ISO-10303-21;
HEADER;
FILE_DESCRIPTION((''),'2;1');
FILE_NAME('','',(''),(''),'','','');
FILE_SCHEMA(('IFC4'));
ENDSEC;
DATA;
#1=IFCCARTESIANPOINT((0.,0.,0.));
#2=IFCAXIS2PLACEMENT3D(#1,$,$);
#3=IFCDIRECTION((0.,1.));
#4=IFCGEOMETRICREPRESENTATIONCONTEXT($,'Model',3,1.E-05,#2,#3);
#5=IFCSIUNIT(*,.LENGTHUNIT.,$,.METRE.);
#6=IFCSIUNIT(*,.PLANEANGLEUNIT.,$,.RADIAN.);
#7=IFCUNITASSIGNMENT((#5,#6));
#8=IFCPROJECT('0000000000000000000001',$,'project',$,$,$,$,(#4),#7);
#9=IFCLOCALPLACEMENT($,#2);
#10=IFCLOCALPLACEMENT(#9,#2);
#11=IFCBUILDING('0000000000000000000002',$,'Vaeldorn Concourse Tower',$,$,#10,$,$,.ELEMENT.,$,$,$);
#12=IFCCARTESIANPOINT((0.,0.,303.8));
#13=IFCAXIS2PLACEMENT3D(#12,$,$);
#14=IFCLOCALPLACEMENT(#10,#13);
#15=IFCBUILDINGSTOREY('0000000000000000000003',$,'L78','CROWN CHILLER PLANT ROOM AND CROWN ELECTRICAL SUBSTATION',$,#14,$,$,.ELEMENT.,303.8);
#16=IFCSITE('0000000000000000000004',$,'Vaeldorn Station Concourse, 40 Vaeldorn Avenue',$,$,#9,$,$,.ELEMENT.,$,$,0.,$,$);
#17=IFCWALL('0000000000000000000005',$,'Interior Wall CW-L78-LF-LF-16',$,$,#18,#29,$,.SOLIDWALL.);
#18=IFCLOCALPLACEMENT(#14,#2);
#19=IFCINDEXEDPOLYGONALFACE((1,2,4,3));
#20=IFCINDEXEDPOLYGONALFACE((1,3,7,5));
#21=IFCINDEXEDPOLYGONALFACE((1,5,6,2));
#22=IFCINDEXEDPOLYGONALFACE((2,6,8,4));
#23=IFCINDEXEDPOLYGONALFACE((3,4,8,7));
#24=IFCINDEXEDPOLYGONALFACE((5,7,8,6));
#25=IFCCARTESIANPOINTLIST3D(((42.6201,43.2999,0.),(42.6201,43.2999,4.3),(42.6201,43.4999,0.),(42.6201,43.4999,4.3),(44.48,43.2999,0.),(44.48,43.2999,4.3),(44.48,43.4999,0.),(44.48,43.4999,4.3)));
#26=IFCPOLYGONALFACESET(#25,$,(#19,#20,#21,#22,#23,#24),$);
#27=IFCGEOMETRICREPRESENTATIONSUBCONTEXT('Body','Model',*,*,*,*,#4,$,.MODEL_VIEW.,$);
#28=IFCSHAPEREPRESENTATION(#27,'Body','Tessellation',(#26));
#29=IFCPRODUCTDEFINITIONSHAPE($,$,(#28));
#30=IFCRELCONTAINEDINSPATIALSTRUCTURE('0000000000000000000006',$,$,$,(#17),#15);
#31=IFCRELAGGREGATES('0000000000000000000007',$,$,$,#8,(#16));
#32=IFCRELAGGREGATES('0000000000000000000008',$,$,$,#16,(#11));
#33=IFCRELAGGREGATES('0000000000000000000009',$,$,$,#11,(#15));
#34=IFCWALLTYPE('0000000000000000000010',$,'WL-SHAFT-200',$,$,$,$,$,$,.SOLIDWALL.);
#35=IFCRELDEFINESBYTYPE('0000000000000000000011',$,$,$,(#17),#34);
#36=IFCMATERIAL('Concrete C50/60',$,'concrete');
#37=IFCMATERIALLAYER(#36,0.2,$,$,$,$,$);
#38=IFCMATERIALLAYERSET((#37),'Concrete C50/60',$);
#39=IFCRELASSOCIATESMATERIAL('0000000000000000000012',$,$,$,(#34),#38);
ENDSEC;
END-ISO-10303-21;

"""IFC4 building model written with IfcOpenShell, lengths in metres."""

from ifc_helpers import new_model, si_unit, direction, frame, frame_2d, origin, place, context, subcontext, project, spatial, rectangle, extrude, material, layer, layer_set, type_object, element, save


model = new_model("IFC4")

# Units and contexts
model_context = context("Model", 3, precision=1e-05, world=origin(), true_north=direction((0.0, 1.0)))
body_context = subcontext(model_context, "Body", "Model", "MODEL_VIEW")
ifc_project = project(units=[si_unit("LENGTHUNIT", "METRE"), si_unit("PLANEANGLEUNIT", "RADIAN")], contexts=[model_context])

# Site, building, storey
site_placement = place(None, origin())
site = spatial("IfcSite", under=ifc_project, at=site_placement, Name="Vaeldorn Station Concourse, 40 Vaeldorn Avenue", CompositionType="ELEMENT", RefElevation=0.0)
building_placement = place(site_placement, origin())
building = spatial("IfcBuilding", under=site, at=building_placement, Name="Vaeldorn Concourse Tower", CompositionType="ELEMENT")
storey_placement = place(building_placement, frame((0.0, 0.0, 303.8)))
storey = spatial("IfcBuildingStorey", under=building, at=storey_placement, Name="L78", Description="CROWN CHILLER PLANT ROOM AND CROWN ELECTRICAL SUBSTATION", CompositionType="ELEMENT", Elevation=303.8)

# Shared definitions
ifc_material_1 = material(Name="Concrete C50/60", Category="concrete")

# Wall
ifc_layer_1 = layer(ifc_material_1, 0.2)
ifc_layer_set_1 = layer_set([ifc_layer_1], Name="Concrete C50/60")
wall_type_1 = type_object("IfcWallType", Name="WL-SHAFT-200", PredefinedType="SOLIDWALL", material=ifc_layer_set_1)
wall_1_placement = place(storey_placement, frame((42.6201, 43.3999, 0.0), z_axis=(0.0, 0.0, 1.0), x_axis=(1.0, 0.0, 0.0)))
element("IfcWall", 1, at=wall_1_placement, inside=storey, type_object=wall_type_1, Name="Interior Wall CW-L78-LF-LF-16", PredefinedType="SOLIDWALL", context=body_context, shape_type="SweptSolid", body=[
    extrude(rectangle(XDim=1.8599, YDim=0.2, at=frame_2d((0.9299, 0.0))), origin(), (0.0, 0.0, 1.0), 4.3),
])

save(model, "model.ifc")
